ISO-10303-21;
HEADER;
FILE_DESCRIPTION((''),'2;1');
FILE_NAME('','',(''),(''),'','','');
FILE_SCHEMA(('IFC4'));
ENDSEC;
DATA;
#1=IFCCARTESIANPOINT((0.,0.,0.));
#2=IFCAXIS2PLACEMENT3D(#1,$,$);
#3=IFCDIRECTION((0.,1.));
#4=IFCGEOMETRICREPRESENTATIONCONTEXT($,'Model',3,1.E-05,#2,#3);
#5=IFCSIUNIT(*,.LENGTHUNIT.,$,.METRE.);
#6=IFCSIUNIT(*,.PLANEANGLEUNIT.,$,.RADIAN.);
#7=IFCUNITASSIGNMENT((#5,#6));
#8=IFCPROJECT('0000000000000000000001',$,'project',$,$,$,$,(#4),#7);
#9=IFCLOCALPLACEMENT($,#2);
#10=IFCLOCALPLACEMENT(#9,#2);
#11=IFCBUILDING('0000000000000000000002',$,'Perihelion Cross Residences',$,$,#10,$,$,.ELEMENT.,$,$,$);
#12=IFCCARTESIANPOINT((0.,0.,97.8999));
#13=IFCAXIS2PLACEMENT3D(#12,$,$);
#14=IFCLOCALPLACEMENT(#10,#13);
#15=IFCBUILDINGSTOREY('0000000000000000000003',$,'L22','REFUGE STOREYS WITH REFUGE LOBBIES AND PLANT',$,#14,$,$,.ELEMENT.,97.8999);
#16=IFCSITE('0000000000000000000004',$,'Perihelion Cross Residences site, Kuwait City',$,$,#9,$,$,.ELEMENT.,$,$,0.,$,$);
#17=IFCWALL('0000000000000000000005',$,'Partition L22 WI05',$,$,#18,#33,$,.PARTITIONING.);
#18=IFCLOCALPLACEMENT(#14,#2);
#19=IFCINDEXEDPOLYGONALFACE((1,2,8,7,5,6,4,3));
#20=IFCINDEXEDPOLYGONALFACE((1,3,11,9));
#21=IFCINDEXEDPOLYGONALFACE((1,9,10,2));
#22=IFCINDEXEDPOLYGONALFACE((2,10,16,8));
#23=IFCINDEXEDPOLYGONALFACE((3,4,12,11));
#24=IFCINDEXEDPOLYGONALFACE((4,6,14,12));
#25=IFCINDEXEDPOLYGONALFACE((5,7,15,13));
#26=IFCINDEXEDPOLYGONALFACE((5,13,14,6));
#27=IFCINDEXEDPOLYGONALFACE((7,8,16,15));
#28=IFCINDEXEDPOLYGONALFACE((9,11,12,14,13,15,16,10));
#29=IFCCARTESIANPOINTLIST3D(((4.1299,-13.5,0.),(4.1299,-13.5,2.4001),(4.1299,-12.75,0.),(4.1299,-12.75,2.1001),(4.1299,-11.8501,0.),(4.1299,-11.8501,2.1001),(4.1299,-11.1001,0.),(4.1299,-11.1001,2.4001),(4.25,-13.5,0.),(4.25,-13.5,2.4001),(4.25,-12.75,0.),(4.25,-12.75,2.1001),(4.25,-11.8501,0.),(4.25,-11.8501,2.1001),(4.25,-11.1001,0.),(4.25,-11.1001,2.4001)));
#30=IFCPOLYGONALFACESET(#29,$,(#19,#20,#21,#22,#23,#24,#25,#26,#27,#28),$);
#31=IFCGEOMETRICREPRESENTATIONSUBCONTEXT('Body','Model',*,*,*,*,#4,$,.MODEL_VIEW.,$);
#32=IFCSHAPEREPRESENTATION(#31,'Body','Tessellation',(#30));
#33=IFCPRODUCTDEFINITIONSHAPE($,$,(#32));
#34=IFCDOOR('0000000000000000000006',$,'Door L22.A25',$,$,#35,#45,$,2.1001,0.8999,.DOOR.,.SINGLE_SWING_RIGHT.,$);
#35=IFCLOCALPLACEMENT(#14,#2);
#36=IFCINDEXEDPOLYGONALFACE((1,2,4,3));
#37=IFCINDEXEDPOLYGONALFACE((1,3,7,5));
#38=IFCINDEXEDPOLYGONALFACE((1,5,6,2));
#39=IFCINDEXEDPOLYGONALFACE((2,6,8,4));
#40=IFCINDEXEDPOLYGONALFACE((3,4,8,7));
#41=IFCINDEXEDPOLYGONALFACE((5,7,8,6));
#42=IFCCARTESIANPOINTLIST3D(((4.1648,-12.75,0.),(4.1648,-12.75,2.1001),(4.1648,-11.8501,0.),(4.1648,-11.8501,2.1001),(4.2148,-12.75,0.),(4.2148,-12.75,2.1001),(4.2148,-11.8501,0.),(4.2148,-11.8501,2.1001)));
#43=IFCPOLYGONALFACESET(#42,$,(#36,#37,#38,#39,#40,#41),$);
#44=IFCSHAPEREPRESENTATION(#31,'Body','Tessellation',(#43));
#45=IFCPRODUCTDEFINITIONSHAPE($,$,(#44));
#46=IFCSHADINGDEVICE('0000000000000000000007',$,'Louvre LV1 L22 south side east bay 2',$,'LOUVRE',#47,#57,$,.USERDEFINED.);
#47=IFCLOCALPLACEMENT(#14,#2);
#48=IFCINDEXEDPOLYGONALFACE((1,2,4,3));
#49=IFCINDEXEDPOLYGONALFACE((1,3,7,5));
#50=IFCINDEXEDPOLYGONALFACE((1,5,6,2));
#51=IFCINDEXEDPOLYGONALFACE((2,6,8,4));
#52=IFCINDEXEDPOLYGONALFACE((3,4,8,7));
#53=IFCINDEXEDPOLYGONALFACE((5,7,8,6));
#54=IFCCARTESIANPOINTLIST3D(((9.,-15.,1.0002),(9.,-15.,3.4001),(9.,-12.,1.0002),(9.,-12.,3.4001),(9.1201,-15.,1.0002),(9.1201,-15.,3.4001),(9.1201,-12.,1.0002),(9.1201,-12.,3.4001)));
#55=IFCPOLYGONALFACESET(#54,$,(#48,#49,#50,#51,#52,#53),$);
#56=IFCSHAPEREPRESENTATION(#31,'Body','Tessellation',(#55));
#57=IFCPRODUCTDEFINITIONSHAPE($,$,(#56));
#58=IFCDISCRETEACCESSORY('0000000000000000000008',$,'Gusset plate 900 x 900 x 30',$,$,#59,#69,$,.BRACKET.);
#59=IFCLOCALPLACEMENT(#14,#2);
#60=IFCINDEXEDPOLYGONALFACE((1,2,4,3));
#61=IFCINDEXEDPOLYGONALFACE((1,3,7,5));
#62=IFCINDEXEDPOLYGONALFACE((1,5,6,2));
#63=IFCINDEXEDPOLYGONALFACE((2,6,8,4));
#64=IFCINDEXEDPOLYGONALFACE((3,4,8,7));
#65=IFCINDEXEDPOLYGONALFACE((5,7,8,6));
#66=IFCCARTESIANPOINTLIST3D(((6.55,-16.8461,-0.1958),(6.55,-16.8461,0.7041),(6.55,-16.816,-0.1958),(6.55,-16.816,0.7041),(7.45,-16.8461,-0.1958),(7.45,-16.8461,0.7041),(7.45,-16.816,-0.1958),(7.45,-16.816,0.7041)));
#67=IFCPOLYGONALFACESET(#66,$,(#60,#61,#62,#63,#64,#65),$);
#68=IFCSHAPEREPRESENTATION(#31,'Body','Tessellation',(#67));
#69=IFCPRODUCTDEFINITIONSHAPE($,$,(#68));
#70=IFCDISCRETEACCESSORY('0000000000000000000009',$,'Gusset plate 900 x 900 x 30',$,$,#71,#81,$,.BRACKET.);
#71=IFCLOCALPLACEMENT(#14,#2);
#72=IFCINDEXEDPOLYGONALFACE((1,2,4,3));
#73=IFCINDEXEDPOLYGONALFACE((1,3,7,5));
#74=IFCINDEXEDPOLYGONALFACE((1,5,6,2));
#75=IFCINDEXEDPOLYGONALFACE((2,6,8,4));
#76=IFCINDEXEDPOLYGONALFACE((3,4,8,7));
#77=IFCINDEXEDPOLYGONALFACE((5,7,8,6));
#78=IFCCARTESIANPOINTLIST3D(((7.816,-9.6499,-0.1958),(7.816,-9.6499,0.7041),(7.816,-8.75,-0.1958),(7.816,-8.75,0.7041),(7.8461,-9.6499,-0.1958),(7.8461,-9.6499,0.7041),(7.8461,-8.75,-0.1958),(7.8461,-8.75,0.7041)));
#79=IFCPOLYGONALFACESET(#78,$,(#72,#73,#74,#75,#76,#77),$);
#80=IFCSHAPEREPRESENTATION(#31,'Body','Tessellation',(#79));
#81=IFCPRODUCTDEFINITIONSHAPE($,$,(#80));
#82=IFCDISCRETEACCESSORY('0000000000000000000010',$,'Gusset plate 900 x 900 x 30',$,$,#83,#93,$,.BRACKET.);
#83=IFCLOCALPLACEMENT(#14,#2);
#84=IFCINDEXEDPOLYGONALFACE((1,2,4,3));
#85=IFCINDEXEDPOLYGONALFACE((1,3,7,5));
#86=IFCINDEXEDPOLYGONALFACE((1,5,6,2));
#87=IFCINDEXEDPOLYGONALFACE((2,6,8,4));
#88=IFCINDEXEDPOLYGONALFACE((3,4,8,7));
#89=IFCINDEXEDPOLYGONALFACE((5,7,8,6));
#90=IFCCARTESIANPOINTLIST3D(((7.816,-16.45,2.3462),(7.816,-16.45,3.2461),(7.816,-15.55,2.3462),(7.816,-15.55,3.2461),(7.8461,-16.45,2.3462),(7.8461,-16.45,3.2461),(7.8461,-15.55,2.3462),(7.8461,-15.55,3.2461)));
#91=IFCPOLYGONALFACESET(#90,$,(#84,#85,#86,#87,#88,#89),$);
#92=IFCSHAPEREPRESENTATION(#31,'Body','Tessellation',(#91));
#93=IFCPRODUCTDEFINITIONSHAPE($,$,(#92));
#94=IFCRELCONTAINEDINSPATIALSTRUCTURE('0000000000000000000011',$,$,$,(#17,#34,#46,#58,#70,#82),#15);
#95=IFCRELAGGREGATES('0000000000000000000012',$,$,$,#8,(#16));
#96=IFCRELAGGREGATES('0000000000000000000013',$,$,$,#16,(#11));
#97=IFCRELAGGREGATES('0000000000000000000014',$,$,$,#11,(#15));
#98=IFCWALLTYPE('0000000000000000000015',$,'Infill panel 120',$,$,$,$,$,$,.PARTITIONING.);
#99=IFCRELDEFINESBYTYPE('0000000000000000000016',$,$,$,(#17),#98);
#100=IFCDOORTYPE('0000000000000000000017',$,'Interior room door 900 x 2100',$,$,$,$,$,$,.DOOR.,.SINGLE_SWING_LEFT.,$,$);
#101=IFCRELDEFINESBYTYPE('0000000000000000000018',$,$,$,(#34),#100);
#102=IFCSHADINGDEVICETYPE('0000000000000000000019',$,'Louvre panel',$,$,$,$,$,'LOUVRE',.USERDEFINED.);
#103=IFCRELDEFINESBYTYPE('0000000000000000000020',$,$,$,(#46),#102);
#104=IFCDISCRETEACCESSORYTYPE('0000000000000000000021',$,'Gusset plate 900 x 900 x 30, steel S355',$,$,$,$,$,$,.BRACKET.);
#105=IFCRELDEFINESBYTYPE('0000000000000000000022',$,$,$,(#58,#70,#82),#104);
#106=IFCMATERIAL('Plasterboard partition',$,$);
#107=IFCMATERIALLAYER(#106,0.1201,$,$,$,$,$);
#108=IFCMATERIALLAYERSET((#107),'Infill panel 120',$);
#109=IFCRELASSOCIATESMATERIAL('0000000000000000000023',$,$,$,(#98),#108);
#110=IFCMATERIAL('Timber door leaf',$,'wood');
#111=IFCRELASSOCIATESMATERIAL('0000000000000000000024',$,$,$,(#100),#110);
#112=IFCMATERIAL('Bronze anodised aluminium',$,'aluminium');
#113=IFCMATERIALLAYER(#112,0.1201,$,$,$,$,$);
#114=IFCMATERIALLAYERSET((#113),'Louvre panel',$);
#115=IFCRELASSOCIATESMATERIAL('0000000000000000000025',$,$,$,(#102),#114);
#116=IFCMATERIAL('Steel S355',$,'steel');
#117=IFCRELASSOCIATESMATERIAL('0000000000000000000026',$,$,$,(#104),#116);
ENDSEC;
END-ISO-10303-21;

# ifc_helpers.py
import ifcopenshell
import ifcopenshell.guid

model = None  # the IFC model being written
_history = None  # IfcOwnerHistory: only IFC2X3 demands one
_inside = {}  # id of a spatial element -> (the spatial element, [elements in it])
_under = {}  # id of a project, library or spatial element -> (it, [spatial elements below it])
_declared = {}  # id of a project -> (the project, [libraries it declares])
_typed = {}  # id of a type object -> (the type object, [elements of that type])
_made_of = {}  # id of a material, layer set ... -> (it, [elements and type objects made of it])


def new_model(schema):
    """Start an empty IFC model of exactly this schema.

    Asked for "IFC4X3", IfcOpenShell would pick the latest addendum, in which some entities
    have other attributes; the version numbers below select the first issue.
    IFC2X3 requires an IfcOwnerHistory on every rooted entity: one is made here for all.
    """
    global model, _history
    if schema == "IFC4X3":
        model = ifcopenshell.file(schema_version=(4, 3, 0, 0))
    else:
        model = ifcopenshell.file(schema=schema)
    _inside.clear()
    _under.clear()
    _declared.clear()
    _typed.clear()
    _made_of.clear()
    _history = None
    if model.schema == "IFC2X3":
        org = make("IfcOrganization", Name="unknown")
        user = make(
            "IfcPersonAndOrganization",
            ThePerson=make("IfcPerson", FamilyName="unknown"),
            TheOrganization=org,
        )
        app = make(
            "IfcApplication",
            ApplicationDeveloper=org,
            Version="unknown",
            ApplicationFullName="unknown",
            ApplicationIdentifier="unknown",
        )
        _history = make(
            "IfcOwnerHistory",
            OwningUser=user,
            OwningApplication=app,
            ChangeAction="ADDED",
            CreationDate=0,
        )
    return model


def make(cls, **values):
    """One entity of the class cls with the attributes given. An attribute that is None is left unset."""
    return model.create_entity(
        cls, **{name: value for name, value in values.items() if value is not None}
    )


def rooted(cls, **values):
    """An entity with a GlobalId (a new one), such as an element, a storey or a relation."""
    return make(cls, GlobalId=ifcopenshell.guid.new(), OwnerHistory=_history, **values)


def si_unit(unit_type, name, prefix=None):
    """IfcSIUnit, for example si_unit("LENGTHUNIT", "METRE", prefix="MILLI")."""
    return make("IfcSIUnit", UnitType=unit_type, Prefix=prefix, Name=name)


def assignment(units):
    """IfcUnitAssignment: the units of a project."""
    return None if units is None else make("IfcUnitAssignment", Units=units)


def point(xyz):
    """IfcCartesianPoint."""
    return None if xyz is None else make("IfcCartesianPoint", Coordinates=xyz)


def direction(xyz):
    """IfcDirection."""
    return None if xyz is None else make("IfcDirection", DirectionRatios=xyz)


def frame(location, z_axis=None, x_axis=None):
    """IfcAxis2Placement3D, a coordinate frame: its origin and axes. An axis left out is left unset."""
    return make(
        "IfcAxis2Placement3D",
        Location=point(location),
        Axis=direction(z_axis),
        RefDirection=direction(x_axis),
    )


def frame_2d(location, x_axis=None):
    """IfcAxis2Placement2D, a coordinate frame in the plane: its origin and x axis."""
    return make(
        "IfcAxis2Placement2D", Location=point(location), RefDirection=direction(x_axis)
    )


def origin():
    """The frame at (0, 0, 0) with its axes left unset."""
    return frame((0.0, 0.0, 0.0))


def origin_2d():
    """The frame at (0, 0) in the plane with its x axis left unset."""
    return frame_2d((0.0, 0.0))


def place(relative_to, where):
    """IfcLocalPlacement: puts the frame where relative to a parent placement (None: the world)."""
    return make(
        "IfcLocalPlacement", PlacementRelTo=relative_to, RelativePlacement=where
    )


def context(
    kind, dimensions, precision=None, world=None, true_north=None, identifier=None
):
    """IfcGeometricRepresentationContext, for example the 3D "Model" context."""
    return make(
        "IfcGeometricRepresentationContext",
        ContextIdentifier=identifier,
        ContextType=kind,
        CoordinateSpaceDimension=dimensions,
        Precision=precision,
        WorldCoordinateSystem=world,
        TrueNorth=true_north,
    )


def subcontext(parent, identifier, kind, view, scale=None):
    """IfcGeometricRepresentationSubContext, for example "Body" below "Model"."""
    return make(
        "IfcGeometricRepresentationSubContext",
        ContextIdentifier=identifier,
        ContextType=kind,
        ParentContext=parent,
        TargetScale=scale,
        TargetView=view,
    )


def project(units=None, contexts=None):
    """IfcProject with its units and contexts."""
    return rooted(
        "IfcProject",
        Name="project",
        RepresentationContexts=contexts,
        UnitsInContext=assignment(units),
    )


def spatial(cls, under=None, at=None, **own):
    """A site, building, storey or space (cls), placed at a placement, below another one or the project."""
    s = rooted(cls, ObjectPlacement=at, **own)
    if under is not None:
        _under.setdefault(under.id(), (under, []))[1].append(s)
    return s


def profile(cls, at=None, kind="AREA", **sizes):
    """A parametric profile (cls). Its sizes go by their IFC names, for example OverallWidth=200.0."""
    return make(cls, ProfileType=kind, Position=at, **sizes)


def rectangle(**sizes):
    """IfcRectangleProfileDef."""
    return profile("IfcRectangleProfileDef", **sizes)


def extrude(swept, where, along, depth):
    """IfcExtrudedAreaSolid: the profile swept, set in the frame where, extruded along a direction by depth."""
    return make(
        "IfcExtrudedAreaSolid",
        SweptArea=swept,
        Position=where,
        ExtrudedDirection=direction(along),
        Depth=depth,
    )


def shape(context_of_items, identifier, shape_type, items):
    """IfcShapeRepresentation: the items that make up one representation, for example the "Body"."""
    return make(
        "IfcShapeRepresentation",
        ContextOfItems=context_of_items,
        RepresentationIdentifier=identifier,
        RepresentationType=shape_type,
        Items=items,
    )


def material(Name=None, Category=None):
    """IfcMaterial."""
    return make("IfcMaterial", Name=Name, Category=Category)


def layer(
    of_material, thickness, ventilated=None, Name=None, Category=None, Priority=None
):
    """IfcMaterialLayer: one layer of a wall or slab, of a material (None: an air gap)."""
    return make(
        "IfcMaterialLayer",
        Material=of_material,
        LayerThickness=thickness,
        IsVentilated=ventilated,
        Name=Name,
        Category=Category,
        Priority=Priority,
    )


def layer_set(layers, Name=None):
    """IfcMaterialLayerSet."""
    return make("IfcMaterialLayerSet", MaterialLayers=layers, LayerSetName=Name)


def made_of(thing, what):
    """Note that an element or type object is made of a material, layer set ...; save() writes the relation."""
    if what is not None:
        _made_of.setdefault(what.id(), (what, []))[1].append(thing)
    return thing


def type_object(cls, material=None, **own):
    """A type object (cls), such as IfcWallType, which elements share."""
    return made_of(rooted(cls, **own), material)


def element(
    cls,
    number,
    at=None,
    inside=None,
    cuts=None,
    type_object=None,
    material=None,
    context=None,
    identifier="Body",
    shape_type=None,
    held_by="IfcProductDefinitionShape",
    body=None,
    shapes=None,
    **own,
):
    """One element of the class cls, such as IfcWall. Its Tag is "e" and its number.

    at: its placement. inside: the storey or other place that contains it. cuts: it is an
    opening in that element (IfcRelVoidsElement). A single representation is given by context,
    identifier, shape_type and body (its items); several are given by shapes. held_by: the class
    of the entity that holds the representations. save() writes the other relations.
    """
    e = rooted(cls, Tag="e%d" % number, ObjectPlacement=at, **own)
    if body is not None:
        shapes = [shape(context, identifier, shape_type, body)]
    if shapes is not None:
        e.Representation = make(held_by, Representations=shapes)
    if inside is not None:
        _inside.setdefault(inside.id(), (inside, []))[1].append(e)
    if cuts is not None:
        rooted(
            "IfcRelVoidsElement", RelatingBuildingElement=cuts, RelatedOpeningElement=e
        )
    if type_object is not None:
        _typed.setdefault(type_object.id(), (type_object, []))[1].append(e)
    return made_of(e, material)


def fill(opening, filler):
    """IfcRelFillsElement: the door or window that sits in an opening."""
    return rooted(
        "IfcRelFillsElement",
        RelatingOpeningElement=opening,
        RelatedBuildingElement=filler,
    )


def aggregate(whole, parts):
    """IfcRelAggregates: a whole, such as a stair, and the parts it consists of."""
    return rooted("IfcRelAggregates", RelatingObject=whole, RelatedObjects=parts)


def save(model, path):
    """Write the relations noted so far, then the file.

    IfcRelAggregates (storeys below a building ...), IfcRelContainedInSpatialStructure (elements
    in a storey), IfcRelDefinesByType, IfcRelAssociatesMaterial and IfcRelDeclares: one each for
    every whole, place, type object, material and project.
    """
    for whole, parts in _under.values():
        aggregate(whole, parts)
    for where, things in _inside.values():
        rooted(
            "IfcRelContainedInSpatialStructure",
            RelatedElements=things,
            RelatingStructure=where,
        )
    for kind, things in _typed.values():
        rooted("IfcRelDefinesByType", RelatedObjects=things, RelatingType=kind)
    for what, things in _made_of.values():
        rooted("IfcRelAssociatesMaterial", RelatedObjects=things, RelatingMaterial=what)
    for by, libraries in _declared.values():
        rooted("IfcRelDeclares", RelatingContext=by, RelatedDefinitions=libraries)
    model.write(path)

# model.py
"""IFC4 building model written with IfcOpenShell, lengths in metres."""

from ifc_helpers import new_model, si_unit, direction, frame, frame_2d, origin, origin_2d, place, context, subcontext, project, spatial, rectangle, extrude, material, layer, layer_set, type_object, element, fill, save


model = new_model("IFC4")

# Units and contexts
model_context = context("Model", 3, precision=1e-05, world=origin(), true_north=direction((0.0, 1.0)))
body_context = subcontext(model_context, "Body", "Model", "MODEL_VIEW")
ifc_project = project(units=[si_unit("LENGTHUNIT", "METRE"), si_unit("PLANEANGLEUNIT", "RADIAN")], contexts=[model_context])

# Site, building, storey
site_placement = place(None, origin())
site = spatial("IfcSite", under=ifc_project, at=site_placement, Name="Perihelion Cross Residences site, Kuwait City", CompositionType="ELEMENT", RefElevation=0.0)
building_placement = place(site_placement, origin())
building = spatial("IfcBuilding", under=site, at=building_placement, Name="Perihelion Cross Residences", CompositionType="ELEMENT")
storey_placement = place(building_placement, frame((0.0, 0.0, 97.8999)))
storey = spatial("IfcBuildingStorey", under=building, at=storey_placement, Name="L22", Description="REFUGE STOREYS WITH REFUGE LOBBIES AND PLANT", CompositionType="ELEMENT", Elevation=97.8999)

# Wall, opening, door
ifc_material_1 = material(Name="Plasterboard partition")
ifc_layer_1 = layer(ifc_material_1, 0.1201)
ifc_layer_set_1 = layer_set([ifc_layer_1], Name="Infill panel 120")
wall_type_1 = type_object("IfcWallType", Name="Infill panel 120", PredefinedType="PARTITIONING", material=ifc_layer_set_1)
wall_1_placement = place(storey_placement, frame((4.1899, -11.1001, 0.0), z_axis=(0.0, 0.0, 1.0), x_axis=(0.0, -1.0, 0.0)))
wall_1 = element("IfcWall", 1, at=wall_1_placement, inside=storey, type_object=wall_type_1, Name="Partition L22 WI05", PredefinedType="PARTITIONING", context=body_context, shape_type="SweptSolid", body=[
    extrude(rectangle(XDim=2.3999, YDim=0.1201, at=frame_2d((1.2, 0.0))), origin(), (0.0, 0.0, 1.0), 2.4001),
])
opening_1_placement = place(wall_1_placement, frame((0.75, 0.0, 0.0)))
opening_1 = element("IfcOpeningElement", 2, at=opening_1_placement, cuts=wall_1, PredefinedType="OPENING", context=body_context, shape_type="SweptSolid", body=[
    extrude(rectangle(XDim=0.8999, YDim=2.1001, at=frame_2d((0.45, 1.05))), frame((0.0, 0.0701, 0.0), z_axis=(0.0, -1.0, 0.0), x_axis=(1.0, 0.0, 0.0)), (0.0, 0.0, 1.0), 0.1401),
])
ifc_material_2 = material(Name="Timber door leaf", Category="wood")
door_type_1 = type_object("IfcDoorType", Name="Interior room door 900 x 2100", OperationType="SINGLE_SWING_LEFT", PredefinedType="DOOR", material=ifc_material_2)
door_1_placement = place(opening_1_placement, origin())
door_1 = element("IfcDoor", 3, at=door_1_placement, inside=storey, type_object=door_type_1, Name="Door L22.A25", OperationType="SINGLE_SWING_RIGHT", OverallHeight=2.1001, OverallWidth=0.8999, PredefinedType="DOOR", context=body_context, shape_type="SweptSolid", body=[
    extrude(rectangle(XDim=0.8999, YDim=2.1001, at=frame_2d((0.45, 1.05))), frame((0.0, 0.0249, 0.0), z_axis=(0.0, -1.0, 0.0), x_axis=(1.0, 0.0, 0.0)), (0.0, 0.0, 1.0), 0.05),
])
fill(opening_1, door_1)

# Shading device
ifc_material_3 = material(Name="Bronze anodised aluminium", Category="aluminium")
ifc_layer_2 = layer(ifc_material_3, 0.1201)
ifc_layer_set_2 = layer_set([ifc_layer_2], Name="Louvre panel")
shading_device_type = type_object("IfcShadingDeviceType", Name="Louvre panel", ElementType="LOUVRE", PredefinedType="USERDEFINED", material=ifc_layer_set_2)
shading_device_placement = place(storey_placement, frame((9.0601, -13.5, 1.0002), z_axis=(0.0, 0.0, 1.0), x_axis=(0.0, 1.0, 0.0)))
element("IfcShadingDevice", 4, at=shading_device_placement, inside=storey, type_object=shading_device_type, Name="Louvre LV1 L22 south side east bay 2", ObjectType="LOUVRE", PredefinedType="USERDEFINED", context=body_context, shape_type="SweptSolid", body=[
    extrude(rectangle(XDim=3.0, YDim=0.1201, at=origin_2d()), origin(), (0.0, 0.0, 1.0), 2.3999),
])

# Discrete accessories
ifc_material_4 = material(Name="Steel S355", Category="steel")
discrete_accessory_type = type_object("IfcDiscreteAccessoryType", Name="Gusset plate 900 x 900 x 30, steel S355", PredefinedType="BRACKET", material=ifc_material_4)
for number, where, z_axis, x_axis, name in (
    (5, (7.0, -16.8311, -0.1958), (0.0, 0.0, 1.0), (-1.0, 0.0, 0.0), "Gusset plate 900 x 900 x 30"),
    (6, (7.8311, -9.2, -0.1958), (0.0, 0.0, 1.0), (0.0, -1.0, 0.0), "Gusset plate 900 x 900 x 30"),
    (7, (7.8311, -16.0, 2.3462), (0.0, 0.0, 1.0), (0.0, 1.0, 0.0), "Gusset plate 900 x 900 x 30"),
):
    element("IfcDiscreteAccessory", number, at=place(storey_placement, frame(where, z_axis=z_axis, x_axis=x_axis)), inside=storey, type_object=discrete_accessory_type, Name=name, PredefinedType="BRACKET", context=body_context, shape_type="SweptSolid", body=[
        extrude(rectangle(XDim=0.8999, YDim=0.03, at=origin_2d()), origin(), (0.0, 0.0, 1.0), 0.8999),
    ])

save(model, "model.ifc")
